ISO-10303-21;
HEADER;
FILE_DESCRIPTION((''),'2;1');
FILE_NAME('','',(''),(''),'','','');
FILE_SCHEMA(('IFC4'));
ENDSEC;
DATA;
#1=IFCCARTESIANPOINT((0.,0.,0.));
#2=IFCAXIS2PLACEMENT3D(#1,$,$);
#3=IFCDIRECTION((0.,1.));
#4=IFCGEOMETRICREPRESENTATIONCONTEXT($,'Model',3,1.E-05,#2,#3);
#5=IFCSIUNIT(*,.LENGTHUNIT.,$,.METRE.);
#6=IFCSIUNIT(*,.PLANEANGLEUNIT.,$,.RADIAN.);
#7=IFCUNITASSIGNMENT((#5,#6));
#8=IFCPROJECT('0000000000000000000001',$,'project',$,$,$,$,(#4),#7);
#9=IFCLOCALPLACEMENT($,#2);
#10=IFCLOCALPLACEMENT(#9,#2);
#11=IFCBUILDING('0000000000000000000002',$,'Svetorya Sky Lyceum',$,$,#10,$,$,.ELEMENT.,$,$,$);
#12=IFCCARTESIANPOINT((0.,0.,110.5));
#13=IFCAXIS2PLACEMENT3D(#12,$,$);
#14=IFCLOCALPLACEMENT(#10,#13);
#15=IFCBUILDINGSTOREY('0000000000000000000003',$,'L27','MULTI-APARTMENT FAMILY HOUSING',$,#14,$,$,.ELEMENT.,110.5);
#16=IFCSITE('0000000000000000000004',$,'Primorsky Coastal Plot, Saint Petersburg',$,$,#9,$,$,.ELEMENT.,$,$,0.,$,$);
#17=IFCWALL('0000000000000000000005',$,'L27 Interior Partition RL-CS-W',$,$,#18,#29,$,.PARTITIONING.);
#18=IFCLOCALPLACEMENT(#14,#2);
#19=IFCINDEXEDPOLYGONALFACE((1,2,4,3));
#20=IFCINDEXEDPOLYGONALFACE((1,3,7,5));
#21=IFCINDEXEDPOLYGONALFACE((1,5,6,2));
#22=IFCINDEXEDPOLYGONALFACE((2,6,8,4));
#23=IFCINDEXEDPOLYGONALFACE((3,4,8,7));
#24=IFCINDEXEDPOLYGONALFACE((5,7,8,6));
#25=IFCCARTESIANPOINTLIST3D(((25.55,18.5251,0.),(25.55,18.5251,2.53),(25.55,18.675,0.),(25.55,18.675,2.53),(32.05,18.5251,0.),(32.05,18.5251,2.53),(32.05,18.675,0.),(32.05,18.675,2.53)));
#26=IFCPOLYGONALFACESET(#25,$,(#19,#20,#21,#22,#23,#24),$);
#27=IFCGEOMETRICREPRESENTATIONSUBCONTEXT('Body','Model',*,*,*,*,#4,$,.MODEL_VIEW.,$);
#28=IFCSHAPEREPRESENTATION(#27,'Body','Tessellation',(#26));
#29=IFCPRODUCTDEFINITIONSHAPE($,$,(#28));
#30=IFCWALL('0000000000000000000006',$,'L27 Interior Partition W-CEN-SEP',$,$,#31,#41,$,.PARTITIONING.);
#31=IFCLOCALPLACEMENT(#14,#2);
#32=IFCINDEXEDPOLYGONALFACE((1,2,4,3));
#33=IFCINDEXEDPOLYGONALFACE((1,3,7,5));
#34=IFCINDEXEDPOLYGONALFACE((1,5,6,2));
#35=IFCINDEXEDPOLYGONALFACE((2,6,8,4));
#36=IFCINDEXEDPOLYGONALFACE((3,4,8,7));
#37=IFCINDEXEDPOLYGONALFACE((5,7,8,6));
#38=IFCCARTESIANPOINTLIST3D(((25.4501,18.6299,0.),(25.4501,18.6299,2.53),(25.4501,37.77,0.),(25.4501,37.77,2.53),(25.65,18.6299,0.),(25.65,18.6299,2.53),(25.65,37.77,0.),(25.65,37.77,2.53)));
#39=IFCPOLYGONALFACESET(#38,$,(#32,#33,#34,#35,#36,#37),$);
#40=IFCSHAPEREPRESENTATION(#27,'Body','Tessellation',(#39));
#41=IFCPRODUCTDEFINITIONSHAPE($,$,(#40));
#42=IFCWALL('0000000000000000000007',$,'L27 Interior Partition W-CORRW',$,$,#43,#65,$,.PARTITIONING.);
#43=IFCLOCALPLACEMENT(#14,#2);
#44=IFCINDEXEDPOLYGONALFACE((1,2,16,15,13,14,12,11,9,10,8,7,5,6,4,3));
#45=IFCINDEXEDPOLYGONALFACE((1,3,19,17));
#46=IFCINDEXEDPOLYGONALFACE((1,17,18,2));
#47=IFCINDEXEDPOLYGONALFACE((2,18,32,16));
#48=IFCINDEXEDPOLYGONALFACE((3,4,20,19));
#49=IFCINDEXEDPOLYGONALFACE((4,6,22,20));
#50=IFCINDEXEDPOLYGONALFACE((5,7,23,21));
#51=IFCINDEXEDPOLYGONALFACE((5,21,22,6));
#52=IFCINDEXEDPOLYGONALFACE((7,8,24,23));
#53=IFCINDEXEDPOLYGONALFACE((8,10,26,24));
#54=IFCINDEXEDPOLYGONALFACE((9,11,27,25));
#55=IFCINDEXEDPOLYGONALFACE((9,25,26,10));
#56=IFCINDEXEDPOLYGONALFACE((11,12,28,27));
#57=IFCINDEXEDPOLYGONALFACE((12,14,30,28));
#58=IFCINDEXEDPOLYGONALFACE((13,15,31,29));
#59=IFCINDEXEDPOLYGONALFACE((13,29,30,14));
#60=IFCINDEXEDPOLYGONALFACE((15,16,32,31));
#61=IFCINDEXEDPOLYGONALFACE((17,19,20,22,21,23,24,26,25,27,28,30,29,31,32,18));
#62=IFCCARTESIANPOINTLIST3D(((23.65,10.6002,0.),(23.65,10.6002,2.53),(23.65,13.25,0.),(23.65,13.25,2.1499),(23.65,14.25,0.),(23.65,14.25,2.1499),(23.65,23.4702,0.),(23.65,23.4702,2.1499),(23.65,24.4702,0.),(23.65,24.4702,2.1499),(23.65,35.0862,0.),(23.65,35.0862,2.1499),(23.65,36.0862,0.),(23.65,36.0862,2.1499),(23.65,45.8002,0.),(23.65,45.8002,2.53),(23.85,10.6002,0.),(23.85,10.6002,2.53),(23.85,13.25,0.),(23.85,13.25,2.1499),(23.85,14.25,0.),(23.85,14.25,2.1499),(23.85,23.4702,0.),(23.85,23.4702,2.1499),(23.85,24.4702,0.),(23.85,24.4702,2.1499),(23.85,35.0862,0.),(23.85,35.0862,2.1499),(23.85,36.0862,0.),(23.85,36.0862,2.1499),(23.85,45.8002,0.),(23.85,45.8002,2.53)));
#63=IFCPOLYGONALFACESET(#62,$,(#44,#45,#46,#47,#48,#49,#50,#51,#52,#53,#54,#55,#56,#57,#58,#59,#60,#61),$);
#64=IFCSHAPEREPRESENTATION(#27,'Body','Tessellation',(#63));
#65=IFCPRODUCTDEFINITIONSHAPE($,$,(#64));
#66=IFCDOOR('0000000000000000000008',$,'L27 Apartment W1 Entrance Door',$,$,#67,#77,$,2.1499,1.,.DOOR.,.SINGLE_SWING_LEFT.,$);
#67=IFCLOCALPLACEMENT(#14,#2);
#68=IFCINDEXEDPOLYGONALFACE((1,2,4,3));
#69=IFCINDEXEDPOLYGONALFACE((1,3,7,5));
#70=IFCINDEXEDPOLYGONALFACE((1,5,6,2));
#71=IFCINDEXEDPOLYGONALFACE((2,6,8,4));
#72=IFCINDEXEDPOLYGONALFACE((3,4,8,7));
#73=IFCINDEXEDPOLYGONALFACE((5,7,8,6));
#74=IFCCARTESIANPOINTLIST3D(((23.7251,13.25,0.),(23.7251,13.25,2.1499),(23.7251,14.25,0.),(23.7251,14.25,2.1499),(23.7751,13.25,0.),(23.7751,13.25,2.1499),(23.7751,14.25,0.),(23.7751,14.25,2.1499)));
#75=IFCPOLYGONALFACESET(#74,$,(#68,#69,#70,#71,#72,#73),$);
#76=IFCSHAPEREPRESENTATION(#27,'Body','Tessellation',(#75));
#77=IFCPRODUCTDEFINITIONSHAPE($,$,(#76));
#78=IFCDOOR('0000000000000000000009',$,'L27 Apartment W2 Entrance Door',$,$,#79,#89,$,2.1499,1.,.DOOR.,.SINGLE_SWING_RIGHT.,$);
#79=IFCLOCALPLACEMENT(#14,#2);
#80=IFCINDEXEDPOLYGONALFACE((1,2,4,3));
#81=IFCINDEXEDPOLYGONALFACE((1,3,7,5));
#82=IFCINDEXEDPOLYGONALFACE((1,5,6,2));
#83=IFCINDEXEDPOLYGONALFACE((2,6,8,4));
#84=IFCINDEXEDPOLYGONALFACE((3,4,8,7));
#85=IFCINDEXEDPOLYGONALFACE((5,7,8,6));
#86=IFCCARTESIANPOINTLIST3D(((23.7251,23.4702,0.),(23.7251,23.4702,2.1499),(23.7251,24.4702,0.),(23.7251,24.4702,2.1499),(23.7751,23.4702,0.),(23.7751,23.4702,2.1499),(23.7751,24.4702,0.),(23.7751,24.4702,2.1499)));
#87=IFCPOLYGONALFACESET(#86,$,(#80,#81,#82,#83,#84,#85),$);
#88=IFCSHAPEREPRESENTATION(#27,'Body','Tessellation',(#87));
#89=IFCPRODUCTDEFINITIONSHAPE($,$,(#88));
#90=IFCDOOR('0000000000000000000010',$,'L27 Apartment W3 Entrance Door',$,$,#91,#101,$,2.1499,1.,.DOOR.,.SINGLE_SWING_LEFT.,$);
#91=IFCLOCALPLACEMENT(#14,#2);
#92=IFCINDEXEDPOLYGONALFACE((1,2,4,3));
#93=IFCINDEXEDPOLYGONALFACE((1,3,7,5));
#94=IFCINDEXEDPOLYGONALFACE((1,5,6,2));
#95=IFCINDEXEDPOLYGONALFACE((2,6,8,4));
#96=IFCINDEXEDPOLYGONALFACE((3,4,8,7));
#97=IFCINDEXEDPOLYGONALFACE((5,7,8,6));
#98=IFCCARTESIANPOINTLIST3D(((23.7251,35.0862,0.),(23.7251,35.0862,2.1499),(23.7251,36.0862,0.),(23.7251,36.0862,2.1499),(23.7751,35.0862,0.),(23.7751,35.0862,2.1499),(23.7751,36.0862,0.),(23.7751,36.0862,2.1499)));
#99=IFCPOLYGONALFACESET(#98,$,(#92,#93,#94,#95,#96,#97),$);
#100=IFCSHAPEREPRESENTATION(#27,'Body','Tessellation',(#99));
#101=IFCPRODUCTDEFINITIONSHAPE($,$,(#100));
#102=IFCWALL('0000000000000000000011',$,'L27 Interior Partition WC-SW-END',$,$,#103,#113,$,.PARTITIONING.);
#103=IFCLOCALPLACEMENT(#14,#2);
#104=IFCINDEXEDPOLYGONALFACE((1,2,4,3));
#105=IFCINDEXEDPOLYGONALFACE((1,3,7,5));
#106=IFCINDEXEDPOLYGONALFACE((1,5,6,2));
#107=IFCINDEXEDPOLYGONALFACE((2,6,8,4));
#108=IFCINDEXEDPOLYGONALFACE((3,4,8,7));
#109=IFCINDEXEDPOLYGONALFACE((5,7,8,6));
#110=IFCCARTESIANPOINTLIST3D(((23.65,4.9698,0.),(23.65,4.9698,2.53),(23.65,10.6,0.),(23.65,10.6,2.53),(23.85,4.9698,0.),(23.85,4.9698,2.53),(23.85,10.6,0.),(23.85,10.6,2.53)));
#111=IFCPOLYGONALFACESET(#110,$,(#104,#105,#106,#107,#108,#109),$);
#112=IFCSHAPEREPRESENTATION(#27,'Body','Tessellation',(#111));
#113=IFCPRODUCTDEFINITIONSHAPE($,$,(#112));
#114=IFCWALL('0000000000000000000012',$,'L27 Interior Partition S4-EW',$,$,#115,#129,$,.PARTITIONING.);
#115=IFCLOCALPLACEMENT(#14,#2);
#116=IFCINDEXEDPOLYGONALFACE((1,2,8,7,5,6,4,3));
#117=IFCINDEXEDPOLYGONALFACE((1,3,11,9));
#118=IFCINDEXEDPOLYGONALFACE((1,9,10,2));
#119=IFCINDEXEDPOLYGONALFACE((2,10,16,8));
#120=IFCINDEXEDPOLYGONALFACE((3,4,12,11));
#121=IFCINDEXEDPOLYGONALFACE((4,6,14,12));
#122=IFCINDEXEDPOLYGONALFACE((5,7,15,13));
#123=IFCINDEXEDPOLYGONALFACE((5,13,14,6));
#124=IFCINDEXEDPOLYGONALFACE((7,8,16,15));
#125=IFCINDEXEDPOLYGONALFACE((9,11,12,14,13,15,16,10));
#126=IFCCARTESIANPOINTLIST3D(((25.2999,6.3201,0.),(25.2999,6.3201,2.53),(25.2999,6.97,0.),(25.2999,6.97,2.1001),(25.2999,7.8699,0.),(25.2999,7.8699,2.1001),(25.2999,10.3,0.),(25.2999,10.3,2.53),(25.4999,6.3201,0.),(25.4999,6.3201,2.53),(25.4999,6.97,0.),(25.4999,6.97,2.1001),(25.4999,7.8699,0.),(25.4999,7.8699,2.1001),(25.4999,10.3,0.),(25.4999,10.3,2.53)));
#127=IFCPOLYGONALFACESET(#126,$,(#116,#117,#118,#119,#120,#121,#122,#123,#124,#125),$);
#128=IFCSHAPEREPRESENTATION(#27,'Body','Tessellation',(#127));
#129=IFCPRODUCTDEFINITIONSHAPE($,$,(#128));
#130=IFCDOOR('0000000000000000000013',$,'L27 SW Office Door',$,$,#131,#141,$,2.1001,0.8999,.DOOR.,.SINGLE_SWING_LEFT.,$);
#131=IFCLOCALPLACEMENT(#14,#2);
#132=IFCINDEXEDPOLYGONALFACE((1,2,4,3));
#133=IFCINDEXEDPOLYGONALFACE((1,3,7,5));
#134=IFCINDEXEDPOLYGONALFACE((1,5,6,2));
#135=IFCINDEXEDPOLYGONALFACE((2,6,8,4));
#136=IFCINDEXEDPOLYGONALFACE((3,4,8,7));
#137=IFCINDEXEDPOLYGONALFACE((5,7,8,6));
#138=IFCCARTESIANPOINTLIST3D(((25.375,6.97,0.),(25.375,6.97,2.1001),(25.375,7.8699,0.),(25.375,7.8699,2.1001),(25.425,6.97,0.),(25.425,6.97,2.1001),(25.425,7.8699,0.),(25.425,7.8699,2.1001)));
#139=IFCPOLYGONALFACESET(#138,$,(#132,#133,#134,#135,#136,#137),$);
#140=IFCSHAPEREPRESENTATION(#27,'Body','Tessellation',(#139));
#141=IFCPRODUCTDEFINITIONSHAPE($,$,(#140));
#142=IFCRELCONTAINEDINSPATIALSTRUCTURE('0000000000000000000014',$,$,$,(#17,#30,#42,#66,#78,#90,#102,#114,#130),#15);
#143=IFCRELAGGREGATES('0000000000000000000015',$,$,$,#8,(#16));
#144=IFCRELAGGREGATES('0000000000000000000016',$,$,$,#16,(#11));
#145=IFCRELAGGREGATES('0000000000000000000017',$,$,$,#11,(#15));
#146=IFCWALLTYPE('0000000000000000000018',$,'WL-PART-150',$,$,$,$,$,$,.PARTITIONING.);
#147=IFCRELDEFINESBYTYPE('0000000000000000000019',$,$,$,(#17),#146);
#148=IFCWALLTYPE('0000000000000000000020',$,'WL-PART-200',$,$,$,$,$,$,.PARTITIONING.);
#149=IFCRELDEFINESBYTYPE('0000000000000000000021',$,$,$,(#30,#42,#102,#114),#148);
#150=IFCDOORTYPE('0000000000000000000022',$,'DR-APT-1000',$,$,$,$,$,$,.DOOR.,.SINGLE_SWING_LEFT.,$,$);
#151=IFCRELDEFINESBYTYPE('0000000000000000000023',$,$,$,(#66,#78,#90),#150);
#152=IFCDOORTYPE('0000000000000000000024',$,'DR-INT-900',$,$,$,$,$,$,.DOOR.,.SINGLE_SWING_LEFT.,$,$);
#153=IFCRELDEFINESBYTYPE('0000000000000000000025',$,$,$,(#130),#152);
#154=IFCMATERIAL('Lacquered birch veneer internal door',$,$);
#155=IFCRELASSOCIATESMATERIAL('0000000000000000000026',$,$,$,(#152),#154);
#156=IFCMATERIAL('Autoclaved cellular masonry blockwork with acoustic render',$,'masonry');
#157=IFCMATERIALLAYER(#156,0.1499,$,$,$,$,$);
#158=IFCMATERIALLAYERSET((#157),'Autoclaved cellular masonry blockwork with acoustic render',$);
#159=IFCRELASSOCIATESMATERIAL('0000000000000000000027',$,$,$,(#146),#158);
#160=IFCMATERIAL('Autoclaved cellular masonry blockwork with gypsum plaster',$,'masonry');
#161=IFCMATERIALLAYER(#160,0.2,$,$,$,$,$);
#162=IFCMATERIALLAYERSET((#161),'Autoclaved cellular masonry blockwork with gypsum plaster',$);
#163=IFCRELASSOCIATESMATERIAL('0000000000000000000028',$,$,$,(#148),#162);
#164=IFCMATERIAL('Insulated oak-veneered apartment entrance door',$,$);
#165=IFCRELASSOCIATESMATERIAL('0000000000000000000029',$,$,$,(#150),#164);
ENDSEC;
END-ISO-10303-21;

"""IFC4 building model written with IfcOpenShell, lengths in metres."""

from ifc_helpers import new_model, si_unit, direction, frame, frame_2d, origin, place, context, subcontext, project, spatial, rectangle, extrude, material, layer, layer_set, type_object, element, fill, save


model = new_model("IFC4")

# Units and contexts
model_context = context("Model", 3, precision=1e-05, world=origin(), true_north=direction((0.0, 1.0)))
body_context = subcontext(model_context, "Body", "Model", "MODEL_VIEW")
ifc_project = project(units=[si_unit("LENGTHUNIT", "METRE"), si_unit("PLANEANGLEUNIT", "RADIAN")], contexts=[model_context])

# Site, building, storey
site_placement = place(None, origin())
site = spatial("IfcSite", under=ifc_project, at=site_placement, Name="Primorsky Coastal Plot, Saint Petersburg", CompositionType="ELEMENT", RefElevation=0.0)
building_placement = place(site_placement, origin())
building = spatial("IfcBuilding", under=site, at=building_placement, Name="Svetorya Sky Lyceum", CompositionType="ELEMENT")
storey_placement = place(building_placement, frame((0.0, 0.0, 110.5)))
storey = spatial("IfcBuildingStorey", under=building, at=storey_placement, Name="L27", Description="MULTI-APARTMENT FAMILY HOUSING", CompositionType="ELEMENT", Elevation=110.5)

# Shared definitions
ifc_material_1 = material(Name="Lacquered birch veneer internal door")
door_type_1 = type_object("IfcDoorType", Name="DR-INT-900", OperationType="SINGLE_SWING_LEFT", PredefinedType="DOOR", material=ifc_material_1)

# Walls
ifc_material_2 = material(Name="Autoclaved cellular masonry blockwork with acoustic render", Category="masonry")
ifc_layer_1 = layer(ifc_material_2, 0.1499)
ifc_layer_set_1 = layer_set([ifc_layer_1], Name="Autoclaved cellular masonry blockwork with acoustic render")
wall_type_1 = type_object("IfcWallType", Name="WL-PART-150", PredefinedType="PARTITIONING", material=ifc_layer_set_1)
wall_1_placement = place(storey_placement, frame((25.55, 18.6001, 0.0), z_axis=(0.0, 0.0, 1.0), x_axis=(1.0, 0.0, 0.0)))
element("IfcWall", 1, at=wall_1_placement, inside=storey, type_object=wall_type_1, Name="L27 Interior Partition RL-CS-W", PredefinedType="PARTITIONING", context=body_context, shape_type="SweptSolid", body=[
    extrude(rectangle(XDim=6.5, YDim=0.1499, at=frame_2d((3.25, 0.0))), origin(), (0.0, 0.0, 1.0), 2.53),
])
ifc_material_3 = material(Name="Autoclaved cellular masonry blockwork with gypsum plaster", Category="masonry")
ifc_layer_2 = layer(ifc_material_3, 0.2)
ifc_layer_set_2 = layer_set([ifc_layer_2], Name="Autoclaved cellular masonry blockwork with gypsum plaster")
wall_type_2 = type_object("IfcWallType", Name="WL-PART-200", PredefinedType="PARTITIONING", material=ifc_layer_set_2)
wall_2_placement = place(storey_placement, frame((25.55, 18.6299, 0.0), z_axis=(0.0, 0.0, 1.0), x_axis=(0.0, 1.0, 0.0)))
element("IfcWall", 2, at=wall_2_placement, inside=storey, type_object=wall_type_2, Name="L27 Interior Partition W-CEN-SEP", PredefinedType="PARTITIONING", context=body_context, shape_type="SweptSolid", body=[
    extrude(rectangle(XDim=19.1401, YDim=0.2, at=frame_2d((9.5701, 0.0))), origin(), (0.0, 0.0, 1.0), 2.53),
])

# Wall, openings, doors
wall_3_placement = place(storey_placement, frame((23.75, 10.6001, 0.0), z_axis=(0.0, 0.0, 1.0), x_axis=(0.0, 1.0, 0.0)))
wall_3 = element("IfcWall", 3, at=wall_3_placement, inside=storey, type_object=wall_type_2, Name="L27 Interior Partition W-CORRW", PredefinedType="PARTITIONING", context=body_context, shape_type="SweptSolid", body=[
    extrude(rectangle(XDim=35.2, YDim=0.2, at=frame_2d((17.6001, 0.0))), origin(), (0.0, 0.0, 1.0), 2.53),
])
opening_1_placement = place(wall_3_placement, frame((2.6499, 0.0, 0.0)))
opening_1 = element("IfcOpeningElement", 4, at=opening_1_placement, cuts=wall_3, PredefinedType="OPENING", context=body_context, shape_type="SweptSolid", body=[
    extrude(rectangle(XDim=1.0, YDim=2.1499, at=frame_2d((0.5, 1.075))), frame((0.0, 0.1099, 0.0), z_axis=(0.0, -1.0, 0.0), x_axis=(1.0, 0.0, 0.0)), (0.0, 0.0, 1.0), 0.22),
])
opening_2_placement = place(wall_3_placement, frame((12.8701, 0.0, 0.0)))
opening_2 = element("IfcOpeningElement", 5, at=opening_2_placement, cuts=wall_3, PredefinedType="OPENING", context=body_context, shape_type="SweptSolid", body=[
    extrude(rectangle(XDim=1.0, YDim=2.1499, at=frame_2d((0.5, 1.075))), frame((0.0, 0.1099, 0.0), z_axis=(0.0, -1.0, 0.0), x_axis=(1.0, 0.0, 0.0)), (0.0, 0.0, 1.0), 0.22),
])
opening_3_placement = place(wall_3_placement, frame((24.4861, 0.0, 0.0)))
opening_3 = element("IfcOpeningElement", 6, at=opening_3_placement, cuts=wall_3, PredefinedType="OPENING", context=body_context, shape_type="SweptSolid", body=[
    extrude(rectangle(XDim=1.0, YDim=2.1499, at=frame_2d((0.5, 1.075))), frame((0.0, 0.1099, 0.0), z_axis=(0.0, -1.0, 0.0), x_axis=(1.0, 0.0, 0.0)), (0.0, 0.0, 1.0), 0.22),
])
ifc_material_4 = material(Name="Insulated oak-veneered apartment entrance door")
door_type_2 = type_object("IfcDoorType", Name="DR-APT-1000", OperationType="SINGLE_SWING_LEFT", PredefinedType="DOOR", material=ifc_material_4)
door_1_placement = place(opening_1_placement, origin())
door_1 = element("IfcDoor", 7, at=door_1_placement, inside=storey, type_object=door_type_2, Name="L27 Apartment W1 Entrance Door", OperationType="SINGLE_SWING_LEFT", OverallHeight=2.1499, OverallWidth=1.0, PredefinedType="DOOR", context=body_context, shape_type="SweptSolid", body=[
    extrude(rectangle(XDim=1.0, YDim=2.1499, at=frame_2d((0.5, 1.075))), frame((0.0, 0.0249, 0.0), z_axis=(0.0, -1.0, 0.0), x_axis=(1.0, 0.0, 0.0)), (0.0, 0.0, 1.0), 0.05),
])
fill(opening_1, door_1)
door_2_placement = place(opening_2_placement, origin())
door_2 = element("IfcDoor", 8, at=door_2_placement, inside=storey, type_object=door_type_2, Name="L27 Apartment W2 Entrance Door", OperationType="SINGLE_SWING_RIGHT", OverallHeight=2.1499, OverallWidth=1.0, PredefinedType="DOOR", context=body_context, shape_type="SweptSolid", body=[
    extrude(rectangle(XDim=1.0, YDim=2.1499, at=frame_2d((0.5, 1.075))), frame((0.0, 0.0249, 0.0), z_axis=(0.0, -1.0, 0.0), x_axis=(1.0, 0.0, 0.0)), (0.0, 0.0, 1.0), 0.05),
])
fill(opening_2, door_2)
door_3_placement = place(opening_3_placement, origin())
door_3 = element("IfcDoor", 9, at=door_3_placement, inside=storey, type_object=door_type_2, Name="L27 Apartment W3 Entrance Door", OperationType="SINGLE_SWING_LEFT", OverallHeight=2.1499, OverallWidth=1.0, PredefinedType="DOOR", context=body_context, shape_type="SweptSolid", body=[
    extrude(rectangle(XDim=1.0, YDim=2.1499, at=frame_2d((0.5, 1.075))), frame((0.0, 0.0249, 0.0), z_axis=(0.0, -1.0, 0.0), x_axis=(1.0, 0.0, 0.0)), (0.0, 0.0, 1.0), 0.05),
])
fill(opening_3, door_3)

# Wall
wall_4_placement = place(storey_placement, frame((23.75, 4.97, 0.0), z_axis=(0.0, 0.0, 1.0), x_axis=(0.0, 1.0, 0.0)))
element("IfcWall", 10, at=wall_4_placement, inside=storey, type_object=wall_type_2, Name="L27 Interior Partition WC-SW-END", PredefinedType="PARTITIONING", context=body_context, shape_type="SweptSolid", body=[
    extrude(rectangle(XDim=5.6301, YDim=0.2, at=frame_2d((2.8149, 0.0))), origin(), (0.0, 0.0, 1.0), 2.53),
])

# Wall, opening, door
wall_5_placement = place(storey_placement, frame((25.3999, 6.3201, 0.0), z_axis=(0.0, 0.0, 1.0), x_axis=(0.0, 1.0, 0.0)))
wall_5 = element("IfcWall", 11, at=wall_5_placement, inside=storey, type_object=wall_type_2, Name="L27 Interior Partition S4-EW", PredefinedType="PARTITIONING", context=body_context, shape_type="SweptSolid", body=[
    extrude(rectangle(XDim=3.98, YDim=0.2, at=frame_2d((1.99, 0.0))), origin(), (0.0, 0.0, 1.0), 2.53),
])
opening_4_placement = place(wall_5_placement, frame((0.6499, 0.0, 0.0)))
opening_4 = element("IfcOpeningElement", 12, at=opening_4_placement, cuts=wall_5, PredefinedType="OPENING", context=body_context, shape_type="SweptSolid", body=[
    extrude(rectangle(XDim=0.8999, YDim=2.1001, at=frame_2d((0.45, 1.05))), frame((0.0, 0.1099, 0.0), z_axis=(0.0, -1.0, 0.0), x_axis=(1.0, 0.0, 0.0)), (0.0, 0.0, 1.0), 0.22),
])
door_4_placement = place(opening_4_placement, origin())
door_4 = element("IfcDoor", 13, at=door_4_placement, inside=storey, type_object=door_type_1, Name="L27 SW Office Door", OperationType="SINGLE_SWING_LEFT", OverallHeight=2.1001, OverallWidth=0.8999, PredefinedType="DOOR", context=body_context, shape_type="SweptSolid", body=[
    extrude(rectangle(XDim=0.8999, YDim=2.1001, at=frame_2d((0.45, 1.05))), frame((0.0, 0.0249, 0.0), z_axis=(0.0, -1.0, 0.0), x_axis=(1.0, 0.0, 0.0)), (0.0, 0.0, 1.0), 0.05),
])
fill(opening_4, door_4)

save(model, "model.ifc")
